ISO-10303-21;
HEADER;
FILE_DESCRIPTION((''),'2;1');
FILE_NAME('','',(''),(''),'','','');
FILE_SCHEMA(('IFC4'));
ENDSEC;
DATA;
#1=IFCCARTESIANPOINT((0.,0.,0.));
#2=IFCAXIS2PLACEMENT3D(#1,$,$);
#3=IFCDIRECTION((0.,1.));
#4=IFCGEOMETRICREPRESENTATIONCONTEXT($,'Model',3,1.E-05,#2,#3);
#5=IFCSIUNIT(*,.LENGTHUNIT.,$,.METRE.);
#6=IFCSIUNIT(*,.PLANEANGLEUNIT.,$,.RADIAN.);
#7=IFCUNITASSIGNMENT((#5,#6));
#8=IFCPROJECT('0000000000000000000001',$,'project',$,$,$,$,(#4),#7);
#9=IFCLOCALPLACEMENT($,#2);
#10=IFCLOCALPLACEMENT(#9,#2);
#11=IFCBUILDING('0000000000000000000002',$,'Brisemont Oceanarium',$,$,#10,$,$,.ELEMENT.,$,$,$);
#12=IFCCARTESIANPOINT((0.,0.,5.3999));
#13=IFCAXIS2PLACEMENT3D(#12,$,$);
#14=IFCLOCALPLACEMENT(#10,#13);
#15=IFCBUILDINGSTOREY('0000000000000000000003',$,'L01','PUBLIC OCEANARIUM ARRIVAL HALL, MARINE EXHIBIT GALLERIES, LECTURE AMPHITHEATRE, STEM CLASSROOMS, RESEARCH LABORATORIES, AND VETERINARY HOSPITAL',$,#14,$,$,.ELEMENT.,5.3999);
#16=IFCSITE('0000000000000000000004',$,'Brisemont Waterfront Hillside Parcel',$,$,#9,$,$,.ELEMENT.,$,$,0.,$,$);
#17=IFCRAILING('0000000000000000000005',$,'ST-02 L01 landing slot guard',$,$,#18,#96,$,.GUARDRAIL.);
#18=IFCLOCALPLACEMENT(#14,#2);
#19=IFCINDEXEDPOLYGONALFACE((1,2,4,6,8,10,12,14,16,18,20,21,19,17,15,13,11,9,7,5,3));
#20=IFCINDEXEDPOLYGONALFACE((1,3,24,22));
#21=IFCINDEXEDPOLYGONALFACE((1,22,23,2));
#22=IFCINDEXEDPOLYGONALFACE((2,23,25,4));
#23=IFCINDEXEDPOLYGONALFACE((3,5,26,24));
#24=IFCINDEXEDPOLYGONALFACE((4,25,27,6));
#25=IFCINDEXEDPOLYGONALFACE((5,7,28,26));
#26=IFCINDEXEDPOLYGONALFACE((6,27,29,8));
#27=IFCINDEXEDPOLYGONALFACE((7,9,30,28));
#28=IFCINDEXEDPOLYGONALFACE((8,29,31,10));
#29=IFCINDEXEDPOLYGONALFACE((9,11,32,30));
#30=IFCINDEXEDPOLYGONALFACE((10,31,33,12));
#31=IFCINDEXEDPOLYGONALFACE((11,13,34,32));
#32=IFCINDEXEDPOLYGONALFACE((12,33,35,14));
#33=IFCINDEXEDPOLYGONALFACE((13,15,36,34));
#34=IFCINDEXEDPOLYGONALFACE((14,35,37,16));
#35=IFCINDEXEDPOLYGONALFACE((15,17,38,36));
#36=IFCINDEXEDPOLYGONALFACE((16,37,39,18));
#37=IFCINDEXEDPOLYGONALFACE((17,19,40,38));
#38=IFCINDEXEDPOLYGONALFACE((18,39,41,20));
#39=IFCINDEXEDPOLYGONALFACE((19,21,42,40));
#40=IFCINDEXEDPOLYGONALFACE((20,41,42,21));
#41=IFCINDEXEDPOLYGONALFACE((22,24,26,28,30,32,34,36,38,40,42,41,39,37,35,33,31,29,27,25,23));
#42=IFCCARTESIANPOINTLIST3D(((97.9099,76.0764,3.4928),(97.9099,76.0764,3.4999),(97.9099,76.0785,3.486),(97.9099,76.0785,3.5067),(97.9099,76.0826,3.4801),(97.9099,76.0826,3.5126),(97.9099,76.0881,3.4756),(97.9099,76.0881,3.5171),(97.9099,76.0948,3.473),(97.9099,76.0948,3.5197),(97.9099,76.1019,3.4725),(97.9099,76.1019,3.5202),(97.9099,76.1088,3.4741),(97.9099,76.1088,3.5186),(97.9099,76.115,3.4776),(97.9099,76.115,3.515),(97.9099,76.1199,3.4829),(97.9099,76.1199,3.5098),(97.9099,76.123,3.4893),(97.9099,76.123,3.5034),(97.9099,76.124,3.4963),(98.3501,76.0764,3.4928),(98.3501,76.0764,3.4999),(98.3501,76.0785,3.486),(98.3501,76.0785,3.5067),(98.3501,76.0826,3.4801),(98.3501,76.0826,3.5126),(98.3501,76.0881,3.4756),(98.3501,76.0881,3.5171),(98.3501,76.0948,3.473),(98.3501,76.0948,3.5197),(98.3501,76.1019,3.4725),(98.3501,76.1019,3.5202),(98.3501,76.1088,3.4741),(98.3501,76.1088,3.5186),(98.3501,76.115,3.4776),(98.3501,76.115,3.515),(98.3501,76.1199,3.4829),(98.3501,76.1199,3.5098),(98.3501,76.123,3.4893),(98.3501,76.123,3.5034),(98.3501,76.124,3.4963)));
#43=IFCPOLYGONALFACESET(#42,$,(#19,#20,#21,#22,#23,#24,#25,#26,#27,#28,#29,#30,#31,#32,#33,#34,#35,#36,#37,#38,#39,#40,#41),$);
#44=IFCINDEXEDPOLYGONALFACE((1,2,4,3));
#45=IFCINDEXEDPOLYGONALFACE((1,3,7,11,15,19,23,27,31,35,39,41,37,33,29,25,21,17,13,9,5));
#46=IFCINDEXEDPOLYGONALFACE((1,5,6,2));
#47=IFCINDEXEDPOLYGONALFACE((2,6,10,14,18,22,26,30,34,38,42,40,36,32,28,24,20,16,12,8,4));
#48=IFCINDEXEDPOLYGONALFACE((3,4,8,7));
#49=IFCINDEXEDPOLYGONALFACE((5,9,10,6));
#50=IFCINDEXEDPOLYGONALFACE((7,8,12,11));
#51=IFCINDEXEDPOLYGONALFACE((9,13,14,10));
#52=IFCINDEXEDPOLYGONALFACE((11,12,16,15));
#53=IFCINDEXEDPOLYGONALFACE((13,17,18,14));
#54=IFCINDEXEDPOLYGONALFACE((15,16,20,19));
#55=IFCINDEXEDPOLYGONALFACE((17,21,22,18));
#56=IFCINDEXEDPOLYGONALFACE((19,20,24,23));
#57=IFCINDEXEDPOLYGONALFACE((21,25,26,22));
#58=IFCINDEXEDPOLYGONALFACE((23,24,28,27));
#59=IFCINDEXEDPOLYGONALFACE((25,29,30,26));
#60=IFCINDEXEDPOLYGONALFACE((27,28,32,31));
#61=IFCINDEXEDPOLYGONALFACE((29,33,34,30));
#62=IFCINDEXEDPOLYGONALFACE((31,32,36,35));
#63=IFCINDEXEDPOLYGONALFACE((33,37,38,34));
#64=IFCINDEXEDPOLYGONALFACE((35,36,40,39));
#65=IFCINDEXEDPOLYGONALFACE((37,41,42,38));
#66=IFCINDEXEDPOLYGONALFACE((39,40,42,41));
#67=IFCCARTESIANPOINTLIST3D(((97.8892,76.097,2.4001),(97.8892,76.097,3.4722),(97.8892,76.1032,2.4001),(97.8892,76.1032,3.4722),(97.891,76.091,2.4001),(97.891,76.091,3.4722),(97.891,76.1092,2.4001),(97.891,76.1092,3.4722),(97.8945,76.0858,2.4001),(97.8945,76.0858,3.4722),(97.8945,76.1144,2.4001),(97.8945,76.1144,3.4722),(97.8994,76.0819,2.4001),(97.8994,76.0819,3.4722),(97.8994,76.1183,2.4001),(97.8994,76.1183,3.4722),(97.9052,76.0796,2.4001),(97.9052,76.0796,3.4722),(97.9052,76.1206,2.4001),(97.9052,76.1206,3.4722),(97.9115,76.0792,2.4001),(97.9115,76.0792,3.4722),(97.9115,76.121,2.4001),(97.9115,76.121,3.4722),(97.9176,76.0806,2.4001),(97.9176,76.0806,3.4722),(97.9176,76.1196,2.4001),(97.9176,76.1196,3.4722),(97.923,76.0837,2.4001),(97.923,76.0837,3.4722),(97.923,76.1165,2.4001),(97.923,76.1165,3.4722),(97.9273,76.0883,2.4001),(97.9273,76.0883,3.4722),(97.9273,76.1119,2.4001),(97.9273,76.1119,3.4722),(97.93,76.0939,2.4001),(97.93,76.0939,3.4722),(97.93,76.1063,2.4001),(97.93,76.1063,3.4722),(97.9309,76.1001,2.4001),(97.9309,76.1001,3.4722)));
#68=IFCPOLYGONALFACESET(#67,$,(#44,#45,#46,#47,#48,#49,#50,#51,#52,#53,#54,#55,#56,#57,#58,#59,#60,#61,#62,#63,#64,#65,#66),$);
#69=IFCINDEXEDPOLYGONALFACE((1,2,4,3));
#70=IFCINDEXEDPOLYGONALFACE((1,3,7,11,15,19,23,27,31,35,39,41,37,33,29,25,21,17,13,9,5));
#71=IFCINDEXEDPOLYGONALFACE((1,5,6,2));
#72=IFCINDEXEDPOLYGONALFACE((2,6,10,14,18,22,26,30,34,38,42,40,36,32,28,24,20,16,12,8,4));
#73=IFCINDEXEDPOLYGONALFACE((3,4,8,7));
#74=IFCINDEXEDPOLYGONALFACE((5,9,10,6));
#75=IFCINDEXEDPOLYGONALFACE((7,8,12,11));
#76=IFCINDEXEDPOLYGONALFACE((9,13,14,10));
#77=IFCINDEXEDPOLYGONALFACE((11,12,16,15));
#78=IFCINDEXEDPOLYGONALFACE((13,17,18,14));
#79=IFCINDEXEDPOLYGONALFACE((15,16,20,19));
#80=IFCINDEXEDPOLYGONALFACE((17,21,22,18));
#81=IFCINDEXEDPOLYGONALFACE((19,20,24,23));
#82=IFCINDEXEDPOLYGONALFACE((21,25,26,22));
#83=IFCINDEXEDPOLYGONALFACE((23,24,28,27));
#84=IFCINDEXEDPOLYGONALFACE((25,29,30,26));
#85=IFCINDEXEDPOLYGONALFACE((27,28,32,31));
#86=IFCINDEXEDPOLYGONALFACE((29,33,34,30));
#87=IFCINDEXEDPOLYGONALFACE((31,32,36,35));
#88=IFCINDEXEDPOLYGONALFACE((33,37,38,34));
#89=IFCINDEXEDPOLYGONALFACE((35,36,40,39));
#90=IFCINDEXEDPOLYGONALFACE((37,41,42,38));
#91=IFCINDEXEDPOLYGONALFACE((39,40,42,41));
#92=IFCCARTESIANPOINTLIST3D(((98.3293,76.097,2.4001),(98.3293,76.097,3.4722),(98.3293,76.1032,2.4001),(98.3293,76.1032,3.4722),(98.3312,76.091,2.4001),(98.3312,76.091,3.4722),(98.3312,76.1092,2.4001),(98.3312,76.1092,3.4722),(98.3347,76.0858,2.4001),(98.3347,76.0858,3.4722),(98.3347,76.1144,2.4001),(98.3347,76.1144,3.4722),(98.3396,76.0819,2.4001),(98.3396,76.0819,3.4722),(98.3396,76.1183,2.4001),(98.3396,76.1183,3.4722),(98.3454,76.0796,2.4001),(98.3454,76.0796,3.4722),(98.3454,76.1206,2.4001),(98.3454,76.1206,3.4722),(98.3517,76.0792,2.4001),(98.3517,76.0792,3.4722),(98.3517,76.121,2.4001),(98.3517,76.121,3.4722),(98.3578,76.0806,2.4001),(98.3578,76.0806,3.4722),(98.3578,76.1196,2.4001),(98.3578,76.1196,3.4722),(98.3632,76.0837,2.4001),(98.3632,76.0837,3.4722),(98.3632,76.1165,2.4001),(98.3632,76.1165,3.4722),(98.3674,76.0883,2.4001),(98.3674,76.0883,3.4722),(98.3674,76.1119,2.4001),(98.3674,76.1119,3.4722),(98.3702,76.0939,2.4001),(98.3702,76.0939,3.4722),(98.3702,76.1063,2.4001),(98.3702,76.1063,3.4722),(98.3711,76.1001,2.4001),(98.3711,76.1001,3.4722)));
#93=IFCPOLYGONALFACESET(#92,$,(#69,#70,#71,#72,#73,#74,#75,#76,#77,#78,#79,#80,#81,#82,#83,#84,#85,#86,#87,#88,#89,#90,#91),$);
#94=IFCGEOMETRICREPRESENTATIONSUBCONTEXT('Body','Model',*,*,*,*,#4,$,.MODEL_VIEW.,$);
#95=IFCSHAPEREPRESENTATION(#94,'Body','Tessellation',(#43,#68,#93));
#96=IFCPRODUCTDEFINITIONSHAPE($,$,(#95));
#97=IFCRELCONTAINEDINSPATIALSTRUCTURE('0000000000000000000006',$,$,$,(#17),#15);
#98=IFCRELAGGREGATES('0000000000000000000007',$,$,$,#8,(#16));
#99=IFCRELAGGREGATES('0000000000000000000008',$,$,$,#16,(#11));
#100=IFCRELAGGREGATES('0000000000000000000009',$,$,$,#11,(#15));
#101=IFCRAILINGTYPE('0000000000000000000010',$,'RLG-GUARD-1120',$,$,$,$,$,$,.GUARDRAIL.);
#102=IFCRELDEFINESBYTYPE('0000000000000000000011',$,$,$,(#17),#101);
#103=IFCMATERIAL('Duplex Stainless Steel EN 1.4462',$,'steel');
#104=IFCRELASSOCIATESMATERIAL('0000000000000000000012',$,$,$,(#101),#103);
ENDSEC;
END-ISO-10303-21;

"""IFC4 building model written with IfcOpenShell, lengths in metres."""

from ifc_helpers import new_model, si_unit, direction, frame, origin, origin_2d, place, context, subcontext, project, spatial, circle, extrude, material, type_object, element, save


model = new_model("IFC4")

# Units and contexts
model_context = context("Model", 3, precision=1e-05, world=origin(), true_north=direction((0.0, 1.0)))
body_context = subcontext(model_context, "Body", "Model", "MODEL_VIEW")
ifc_project = project(units=[si_unit("LENGTHUNIT", "METRE"), si_unit("PLANEANGLEUNIT", "RADIAN")], contexts=[model_context])

# Site, building, storey
site_placement = place(None, origin())
site = spatial("IfcSite", under=ifc_project, at=site_placement, Name="Brisemont Waterfront Hillside Parcel", CompositionType="ELEMENT", RefElevation=0.0)
building_placement = place(site_placement, origin())
building = spatial("IfcBuilding", under=site, at=building_placement, Name="Brisemont Oceanarium", CompositionType="ELEMENT")
storey_placement = place(building_placement, frame((0.0, 0.0, 5.3999)))
storey = spatial("IfcBuildingStorey", under=building, at=storey_placement, Name="L01", Description="PUBLIC OCEANARIUM ARRIVAL HALL, MARINE EXHIBIT GALLERIES, LECTURE AMPHITHEATRE, STEM CLASSROOMS, RESEARCH LABORATORIES, AND VETERINARY HOSPITAL", CompositionType="ELEMENT", Elevation=5.3999)

# Railing
ifc_material_1 = material(Name="Duplex Stainless Steel EN 1.4462", Category="steel")
railing_type_1 = type_object("IfcRailingType", Name="RLG-GUARD-1120", PredefinedType="GUARDRAIL", material=ifc_material_1)
railing_1_placement = place(storey_placement, frame((97.9099, 76.1001, 2.4001)))
element("IfcRailing", 1, at=railing_1_placement, inside=storey, type_object=railing_type_1, Name="ST-02 L01 landing slot guard", PredefinedType="GUARDRAIL", context=body_context, shape_type="SweptSolid", body=[
    extrude(circle(Radius=0.0239, at=origin_2d()), frame((0.0, 0.0, 1.0962), z_axis=(1.0, 0.0, 0.0), x_axis=(0.0, 1.0, 0.0)), (0.0, 0.0, 1.0), 0.4402),
    extrude(circle(Radius=0.021, at=origin_2d()), origin(), (0.0, 0.0, 1.0), 1.072),
    extrude(circle(Radius=0.021, at=origin_2d()), frame((0.4402, 0.0, 0.0)), (0.0, 0.0, 1.0), 1.072),
])

save(model, "model.ifc")
